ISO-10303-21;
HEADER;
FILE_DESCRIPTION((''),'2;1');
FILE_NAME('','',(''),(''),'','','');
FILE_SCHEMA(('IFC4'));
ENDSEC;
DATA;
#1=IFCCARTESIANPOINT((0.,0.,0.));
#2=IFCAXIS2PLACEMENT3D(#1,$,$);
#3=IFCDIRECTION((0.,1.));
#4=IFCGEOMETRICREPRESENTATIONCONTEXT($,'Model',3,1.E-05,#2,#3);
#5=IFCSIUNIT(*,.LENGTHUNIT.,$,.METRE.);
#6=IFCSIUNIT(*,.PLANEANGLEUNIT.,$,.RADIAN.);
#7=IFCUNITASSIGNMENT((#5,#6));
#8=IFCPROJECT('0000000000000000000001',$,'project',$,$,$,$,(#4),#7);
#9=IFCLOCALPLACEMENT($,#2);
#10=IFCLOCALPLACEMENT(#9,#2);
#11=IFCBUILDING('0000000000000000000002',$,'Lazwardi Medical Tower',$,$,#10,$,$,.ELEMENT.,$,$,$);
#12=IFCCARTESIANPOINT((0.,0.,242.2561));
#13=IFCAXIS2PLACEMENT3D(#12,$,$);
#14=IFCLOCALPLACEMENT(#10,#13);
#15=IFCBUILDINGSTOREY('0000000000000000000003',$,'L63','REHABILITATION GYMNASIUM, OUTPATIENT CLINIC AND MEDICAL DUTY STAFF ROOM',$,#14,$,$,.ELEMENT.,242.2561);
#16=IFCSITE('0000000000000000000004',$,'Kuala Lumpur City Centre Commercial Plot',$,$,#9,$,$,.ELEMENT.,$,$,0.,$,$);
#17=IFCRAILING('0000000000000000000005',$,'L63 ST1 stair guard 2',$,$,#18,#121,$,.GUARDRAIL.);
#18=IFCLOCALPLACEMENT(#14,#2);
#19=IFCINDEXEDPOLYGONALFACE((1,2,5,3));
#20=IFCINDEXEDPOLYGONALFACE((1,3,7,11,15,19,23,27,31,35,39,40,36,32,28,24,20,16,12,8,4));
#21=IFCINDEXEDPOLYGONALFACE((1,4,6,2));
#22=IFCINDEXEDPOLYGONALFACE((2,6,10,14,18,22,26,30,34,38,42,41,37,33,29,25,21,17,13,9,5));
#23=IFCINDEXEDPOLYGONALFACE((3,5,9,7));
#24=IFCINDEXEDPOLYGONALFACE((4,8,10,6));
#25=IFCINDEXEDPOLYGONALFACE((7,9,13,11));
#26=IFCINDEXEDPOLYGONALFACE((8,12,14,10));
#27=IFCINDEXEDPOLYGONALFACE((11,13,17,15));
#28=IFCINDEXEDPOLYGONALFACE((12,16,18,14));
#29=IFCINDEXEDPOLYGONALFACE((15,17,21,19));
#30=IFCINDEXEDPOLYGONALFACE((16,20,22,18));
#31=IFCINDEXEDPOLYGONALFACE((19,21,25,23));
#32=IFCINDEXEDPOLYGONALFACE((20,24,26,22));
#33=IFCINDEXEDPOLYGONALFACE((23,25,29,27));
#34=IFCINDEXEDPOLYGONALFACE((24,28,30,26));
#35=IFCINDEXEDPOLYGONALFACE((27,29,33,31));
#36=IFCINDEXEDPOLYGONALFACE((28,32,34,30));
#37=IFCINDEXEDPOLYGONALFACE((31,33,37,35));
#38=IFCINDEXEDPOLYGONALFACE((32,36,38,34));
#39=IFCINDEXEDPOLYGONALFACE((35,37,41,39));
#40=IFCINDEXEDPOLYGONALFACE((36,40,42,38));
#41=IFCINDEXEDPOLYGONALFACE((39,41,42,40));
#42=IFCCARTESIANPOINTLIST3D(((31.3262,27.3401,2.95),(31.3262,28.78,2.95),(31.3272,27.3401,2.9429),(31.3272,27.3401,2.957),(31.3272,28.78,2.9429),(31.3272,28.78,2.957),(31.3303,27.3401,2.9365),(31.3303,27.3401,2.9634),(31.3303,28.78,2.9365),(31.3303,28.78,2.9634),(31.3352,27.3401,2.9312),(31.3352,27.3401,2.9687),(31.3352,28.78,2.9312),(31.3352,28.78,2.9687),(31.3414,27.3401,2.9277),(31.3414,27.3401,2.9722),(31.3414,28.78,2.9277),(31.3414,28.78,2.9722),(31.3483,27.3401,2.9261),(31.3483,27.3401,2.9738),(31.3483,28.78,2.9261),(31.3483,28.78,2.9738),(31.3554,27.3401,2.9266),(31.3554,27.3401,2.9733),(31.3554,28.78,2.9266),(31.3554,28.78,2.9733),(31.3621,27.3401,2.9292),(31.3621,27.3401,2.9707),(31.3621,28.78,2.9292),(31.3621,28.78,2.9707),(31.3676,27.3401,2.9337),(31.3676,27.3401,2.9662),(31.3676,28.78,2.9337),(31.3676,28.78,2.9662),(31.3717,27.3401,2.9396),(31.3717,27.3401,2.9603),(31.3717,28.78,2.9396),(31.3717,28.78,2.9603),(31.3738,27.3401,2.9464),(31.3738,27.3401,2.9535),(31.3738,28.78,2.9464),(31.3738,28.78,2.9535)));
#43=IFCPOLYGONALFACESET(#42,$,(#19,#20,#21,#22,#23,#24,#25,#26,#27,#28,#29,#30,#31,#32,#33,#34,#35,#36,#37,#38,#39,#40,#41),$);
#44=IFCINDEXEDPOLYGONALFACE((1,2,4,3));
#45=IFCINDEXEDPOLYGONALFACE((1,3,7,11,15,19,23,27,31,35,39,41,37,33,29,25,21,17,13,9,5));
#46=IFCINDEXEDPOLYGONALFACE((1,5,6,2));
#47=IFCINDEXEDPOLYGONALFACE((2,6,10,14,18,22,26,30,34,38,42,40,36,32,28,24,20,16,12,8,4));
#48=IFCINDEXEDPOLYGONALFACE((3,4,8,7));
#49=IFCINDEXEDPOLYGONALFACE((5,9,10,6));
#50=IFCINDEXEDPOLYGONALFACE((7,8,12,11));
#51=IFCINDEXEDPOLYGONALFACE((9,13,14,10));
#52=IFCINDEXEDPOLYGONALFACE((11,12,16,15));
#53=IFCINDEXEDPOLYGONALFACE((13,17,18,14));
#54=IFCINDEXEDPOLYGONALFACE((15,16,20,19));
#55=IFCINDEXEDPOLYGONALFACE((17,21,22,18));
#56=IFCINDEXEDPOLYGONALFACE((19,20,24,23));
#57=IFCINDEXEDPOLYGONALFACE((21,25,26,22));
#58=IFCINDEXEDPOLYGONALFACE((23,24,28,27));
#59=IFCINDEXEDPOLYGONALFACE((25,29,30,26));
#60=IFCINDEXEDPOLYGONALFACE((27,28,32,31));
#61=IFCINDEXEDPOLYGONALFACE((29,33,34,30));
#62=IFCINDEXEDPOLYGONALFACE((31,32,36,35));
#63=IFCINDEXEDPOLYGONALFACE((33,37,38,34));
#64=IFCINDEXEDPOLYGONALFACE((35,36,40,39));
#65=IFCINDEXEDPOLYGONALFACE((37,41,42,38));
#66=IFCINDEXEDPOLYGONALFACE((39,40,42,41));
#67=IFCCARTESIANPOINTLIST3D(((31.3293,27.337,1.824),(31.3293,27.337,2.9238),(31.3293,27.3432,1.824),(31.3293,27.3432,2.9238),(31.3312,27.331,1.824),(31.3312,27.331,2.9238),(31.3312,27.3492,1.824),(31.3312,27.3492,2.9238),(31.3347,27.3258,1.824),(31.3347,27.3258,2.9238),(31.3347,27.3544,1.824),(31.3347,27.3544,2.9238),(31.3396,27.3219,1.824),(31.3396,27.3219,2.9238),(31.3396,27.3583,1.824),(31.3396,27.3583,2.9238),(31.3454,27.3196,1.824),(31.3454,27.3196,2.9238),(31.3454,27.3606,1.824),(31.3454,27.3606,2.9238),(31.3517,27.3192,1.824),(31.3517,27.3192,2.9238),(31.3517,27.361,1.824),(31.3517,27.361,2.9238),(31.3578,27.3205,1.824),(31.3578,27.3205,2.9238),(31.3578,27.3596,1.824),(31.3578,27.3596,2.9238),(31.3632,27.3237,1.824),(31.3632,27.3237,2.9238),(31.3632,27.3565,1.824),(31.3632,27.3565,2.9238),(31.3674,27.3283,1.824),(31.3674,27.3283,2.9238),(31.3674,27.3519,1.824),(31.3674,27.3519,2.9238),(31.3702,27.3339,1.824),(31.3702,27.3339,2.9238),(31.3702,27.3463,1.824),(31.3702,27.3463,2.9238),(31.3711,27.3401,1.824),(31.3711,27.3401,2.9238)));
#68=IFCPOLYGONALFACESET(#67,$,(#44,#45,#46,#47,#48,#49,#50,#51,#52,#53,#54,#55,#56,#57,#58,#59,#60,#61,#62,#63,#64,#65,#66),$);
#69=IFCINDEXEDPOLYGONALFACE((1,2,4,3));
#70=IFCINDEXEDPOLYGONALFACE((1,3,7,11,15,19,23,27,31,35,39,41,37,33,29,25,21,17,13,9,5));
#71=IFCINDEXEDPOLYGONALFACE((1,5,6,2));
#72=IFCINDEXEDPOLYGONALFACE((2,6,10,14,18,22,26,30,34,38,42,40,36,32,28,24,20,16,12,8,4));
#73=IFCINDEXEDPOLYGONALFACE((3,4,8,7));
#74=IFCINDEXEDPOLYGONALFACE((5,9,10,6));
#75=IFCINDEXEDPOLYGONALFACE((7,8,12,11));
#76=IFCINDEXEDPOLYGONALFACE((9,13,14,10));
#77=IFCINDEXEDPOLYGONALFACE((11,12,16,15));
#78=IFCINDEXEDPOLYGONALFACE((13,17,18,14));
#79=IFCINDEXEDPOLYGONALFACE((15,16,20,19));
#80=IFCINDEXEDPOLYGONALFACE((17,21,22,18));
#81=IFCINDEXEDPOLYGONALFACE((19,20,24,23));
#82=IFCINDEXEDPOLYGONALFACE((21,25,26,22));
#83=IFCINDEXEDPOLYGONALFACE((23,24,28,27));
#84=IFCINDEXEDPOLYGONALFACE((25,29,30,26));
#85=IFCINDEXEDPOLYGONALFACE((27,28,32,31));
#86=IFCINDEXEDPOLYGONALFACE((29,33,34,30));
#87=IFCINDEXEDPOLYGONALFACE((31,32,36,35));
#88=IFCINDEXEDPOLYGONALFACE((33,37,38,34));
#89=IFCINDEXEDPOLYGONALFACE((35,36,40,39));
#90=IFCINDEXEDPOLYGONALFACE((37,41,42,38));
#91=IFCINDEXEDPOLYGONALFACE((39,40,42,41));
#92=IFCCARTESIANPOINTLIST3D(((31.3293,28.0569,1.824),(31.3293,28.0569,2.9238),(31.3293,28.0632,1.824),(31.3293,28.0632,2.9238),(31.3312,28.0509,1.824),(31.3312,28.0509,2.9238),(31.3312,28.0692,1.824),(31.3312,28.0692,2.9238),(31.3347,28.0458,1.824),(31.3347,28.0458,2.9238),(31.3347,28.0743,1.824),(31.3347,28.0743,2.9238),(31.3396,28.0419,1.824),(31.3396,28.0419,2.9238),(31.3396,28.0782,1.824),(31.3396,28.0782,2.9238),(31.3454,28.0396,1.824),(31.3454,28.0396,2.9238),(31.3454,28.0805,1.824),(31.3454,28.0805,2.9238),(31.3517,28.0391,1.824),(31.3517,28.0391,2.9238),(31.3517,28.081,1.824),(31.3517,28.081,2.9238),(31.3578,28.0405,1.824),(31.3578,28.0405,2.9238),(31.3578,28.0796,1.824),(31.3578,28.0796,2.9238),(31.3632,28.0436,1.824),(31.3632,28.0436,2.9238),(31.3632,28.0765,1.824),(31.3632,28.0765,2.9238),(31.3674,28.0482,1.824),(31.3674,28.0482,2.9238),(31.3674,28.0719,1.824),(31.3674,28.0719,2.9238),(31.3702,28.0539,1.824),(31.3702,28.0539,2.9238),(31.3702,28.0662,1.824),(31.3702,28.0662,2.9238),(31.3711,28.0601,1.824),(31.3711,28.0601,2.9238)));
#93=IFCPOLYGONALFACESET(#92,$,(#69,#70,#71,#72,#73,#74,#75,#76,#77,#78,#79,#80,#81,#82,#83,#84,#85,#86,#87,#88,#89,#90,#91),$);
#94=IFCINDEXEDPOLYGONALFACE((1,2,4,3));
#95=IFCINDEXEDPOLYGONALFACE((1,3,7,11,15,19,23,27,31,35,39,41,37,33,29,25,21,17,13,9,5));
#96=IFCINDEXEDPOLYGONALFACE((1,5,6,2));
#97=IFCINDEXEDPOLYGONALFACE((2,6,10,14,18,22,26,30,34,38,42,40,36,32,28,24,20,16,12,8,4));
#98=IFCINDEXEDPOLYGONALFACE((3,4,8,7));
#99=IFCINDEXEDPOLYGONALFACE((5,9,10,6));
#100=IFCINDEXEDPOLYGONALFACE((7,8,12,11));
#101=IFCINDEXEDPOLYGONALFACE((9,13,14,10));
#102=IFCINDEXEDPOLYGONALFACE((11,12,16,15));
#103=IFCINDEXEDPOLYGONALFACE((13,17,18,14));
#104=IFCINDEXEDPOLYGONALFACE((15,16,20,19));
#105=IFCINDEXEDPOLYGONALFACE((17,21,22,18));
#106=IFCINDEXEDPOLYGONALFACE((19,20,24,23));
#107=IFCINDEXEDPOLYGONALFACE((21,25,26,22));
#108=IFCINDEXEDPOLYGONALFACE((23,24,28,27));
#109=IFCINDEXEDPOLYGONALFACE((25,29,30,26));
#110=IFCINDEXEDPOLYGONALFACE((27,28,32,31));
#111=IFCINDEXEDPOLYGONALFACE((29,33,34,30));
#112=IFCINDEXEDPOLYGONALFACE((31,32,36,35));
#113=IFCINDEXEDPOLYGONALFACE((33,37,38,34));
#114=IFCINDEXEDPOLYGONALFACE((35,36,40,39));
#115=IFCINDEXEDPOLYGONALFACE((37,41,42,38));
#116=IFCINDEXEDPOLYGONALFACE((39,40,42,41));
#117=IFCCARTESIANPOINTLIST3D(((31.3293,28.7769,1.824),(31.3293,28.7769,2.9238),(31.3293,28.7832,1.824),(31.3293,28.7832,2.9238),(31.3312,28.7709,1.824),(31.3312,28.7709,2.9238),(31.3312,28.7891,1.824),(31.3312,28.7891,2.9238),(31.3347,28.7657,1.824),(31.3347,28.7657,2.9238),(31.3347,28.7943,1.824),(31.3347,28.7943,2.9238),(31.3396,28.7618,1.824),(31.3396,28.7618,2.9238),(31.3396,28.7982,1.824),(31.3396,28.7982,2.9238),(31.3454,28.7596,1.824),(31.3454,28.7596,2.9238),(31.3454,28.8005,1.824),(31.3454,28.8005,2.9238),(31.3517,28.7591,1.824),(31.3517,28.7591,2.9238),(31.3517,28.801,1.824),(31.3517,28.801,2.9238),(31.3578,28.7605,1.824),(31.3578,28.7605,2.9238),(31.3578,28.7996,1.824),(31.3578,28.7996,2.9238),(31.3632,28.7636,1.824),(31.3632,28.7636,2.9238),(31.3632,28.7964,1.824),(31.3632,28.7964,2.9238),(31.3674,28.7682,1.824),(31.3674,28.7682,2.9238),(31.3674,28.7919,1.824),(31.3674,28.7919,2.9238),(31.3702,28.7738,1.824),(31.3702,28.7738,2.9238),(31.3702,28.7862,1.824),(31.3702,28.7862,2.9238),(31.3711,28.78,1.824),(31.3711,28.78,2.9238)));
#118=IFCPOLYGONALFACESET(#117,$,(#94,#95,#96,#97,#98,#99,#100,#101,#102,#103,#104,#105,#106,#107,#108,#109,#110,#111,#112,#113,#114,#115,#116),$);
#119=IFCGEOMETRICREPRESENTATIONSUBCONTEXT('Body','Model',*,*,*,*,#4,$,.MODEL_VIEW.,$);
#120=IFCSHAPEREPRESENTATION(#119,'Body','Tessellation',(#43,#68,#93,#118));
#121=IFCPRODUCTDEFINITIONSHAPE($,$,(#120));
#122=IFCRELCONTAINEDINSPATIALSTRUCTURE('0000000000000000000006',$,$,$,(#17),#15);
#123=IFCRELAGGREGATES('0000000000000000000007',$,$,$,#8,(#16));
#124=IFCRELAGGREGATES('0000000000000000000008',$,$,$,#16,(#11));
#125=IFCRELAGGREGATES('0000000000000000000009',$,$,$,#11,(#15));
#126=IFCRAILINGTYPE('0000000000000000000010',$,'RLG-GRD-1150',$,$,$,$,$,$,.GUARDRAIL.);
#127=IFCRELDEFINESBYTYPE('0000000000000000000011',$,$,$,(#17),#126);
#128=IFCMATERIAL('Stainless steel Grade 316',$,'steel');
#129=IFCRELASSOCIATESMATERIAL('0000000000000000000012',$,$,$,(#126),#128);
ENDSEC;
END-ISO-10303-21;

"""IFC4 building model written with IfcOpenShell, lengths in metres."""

from ifc_helpers import new_model, si_unit, direction, frame, origin, origin_2d, place, context, subcontext, project, spatial, circle, extrude, material, type_object, element, save


model = new_model("IFC4")

# Units and contexts
model_context = context("Model", 3, precision=1e-05, world=origin(), true_north=direction((0.0, 1.0)))
body_context = subcontext(model_context, "Body", "Model", "MODEL_VIEW")
ifc_project = project(units=[si_unit("LENGTHUNIT", "METRE"), si_unit("PLANEANGLEUNIT", "RADIAN")], contexts=[model_context])

# Site, building, storey
site_placement = place(None, origin())
site = spatial("IfcSite", under=ifc_project, at=site_placement, Name="Kuala Lumpur City Centre Commercial Plot", CompositionType="ELEMENT", RefElevation=0.0)
building_placement = place(site_placement, origin())
building = spatial("IfcBuilding", under=site, at=building_placement, Name="Lazwardi Medical Tower", CompositionType="ELEMENT")
storey_placement = place(building_placement, frame((0.0, 0.0, 242.2561)))
storey = spatial("IfcBuildingStorey", under=building, at=storey_placement, Name="L63", Description="REHABILITATION GYMNASIUM, OUTPATIENT CLINIC AND MEDICAL DUTY STAFF ROOM", CompositionType="ELEMENT", Elevation=242.2561)

# Railing
ifc_material_1 = material(Name="Stainless steel Grade 316", Category="steel")
railing_type_1 = type_object("IfcRailingType", Name="RLG-GRD-1150", PredefinedType="GUARDRAIL", material=ifc_material_1)
railing_1_placement = place(storey_placement, frame((31.3501, 27.3401, 1.824)))
element("IfcRailing", 1, at=railing_1_placement, inside=storey, type_object=railing_type_1, Name="L63 ST1 stair guard 2", PredefinedType="GUARDRAIL", context=body_context, shape_type="SweptSolid", body=[
    extrude(circle(Radius=0.0239, at=origin_2d()), frame((0.0, 0.0, 1.126), z_axis=(0.0, 1.0, 0.0), x_axis=(-1.0, 0.0, 0.0)), (0.0, 0.0, 1.0), 1.4399),
    extrude(circle(Radius=0.021, at=origin_2d()), origin(), (0.0, 0.0, 1.0), 1.0999),
    extrude(circle(Radius=0.021, at=origin_2d()), frame((0.0, 0.72, 0.0)), (0.0, 0.0, 1.0), 1.0999),
    extrude(circle(Radius=0.021, at=origin_2d()), frame((0.0, 1.4399, 0.0)), (0.0, 0.0, 1.0), 1.0999),
])

save(model, "model.ifc")
